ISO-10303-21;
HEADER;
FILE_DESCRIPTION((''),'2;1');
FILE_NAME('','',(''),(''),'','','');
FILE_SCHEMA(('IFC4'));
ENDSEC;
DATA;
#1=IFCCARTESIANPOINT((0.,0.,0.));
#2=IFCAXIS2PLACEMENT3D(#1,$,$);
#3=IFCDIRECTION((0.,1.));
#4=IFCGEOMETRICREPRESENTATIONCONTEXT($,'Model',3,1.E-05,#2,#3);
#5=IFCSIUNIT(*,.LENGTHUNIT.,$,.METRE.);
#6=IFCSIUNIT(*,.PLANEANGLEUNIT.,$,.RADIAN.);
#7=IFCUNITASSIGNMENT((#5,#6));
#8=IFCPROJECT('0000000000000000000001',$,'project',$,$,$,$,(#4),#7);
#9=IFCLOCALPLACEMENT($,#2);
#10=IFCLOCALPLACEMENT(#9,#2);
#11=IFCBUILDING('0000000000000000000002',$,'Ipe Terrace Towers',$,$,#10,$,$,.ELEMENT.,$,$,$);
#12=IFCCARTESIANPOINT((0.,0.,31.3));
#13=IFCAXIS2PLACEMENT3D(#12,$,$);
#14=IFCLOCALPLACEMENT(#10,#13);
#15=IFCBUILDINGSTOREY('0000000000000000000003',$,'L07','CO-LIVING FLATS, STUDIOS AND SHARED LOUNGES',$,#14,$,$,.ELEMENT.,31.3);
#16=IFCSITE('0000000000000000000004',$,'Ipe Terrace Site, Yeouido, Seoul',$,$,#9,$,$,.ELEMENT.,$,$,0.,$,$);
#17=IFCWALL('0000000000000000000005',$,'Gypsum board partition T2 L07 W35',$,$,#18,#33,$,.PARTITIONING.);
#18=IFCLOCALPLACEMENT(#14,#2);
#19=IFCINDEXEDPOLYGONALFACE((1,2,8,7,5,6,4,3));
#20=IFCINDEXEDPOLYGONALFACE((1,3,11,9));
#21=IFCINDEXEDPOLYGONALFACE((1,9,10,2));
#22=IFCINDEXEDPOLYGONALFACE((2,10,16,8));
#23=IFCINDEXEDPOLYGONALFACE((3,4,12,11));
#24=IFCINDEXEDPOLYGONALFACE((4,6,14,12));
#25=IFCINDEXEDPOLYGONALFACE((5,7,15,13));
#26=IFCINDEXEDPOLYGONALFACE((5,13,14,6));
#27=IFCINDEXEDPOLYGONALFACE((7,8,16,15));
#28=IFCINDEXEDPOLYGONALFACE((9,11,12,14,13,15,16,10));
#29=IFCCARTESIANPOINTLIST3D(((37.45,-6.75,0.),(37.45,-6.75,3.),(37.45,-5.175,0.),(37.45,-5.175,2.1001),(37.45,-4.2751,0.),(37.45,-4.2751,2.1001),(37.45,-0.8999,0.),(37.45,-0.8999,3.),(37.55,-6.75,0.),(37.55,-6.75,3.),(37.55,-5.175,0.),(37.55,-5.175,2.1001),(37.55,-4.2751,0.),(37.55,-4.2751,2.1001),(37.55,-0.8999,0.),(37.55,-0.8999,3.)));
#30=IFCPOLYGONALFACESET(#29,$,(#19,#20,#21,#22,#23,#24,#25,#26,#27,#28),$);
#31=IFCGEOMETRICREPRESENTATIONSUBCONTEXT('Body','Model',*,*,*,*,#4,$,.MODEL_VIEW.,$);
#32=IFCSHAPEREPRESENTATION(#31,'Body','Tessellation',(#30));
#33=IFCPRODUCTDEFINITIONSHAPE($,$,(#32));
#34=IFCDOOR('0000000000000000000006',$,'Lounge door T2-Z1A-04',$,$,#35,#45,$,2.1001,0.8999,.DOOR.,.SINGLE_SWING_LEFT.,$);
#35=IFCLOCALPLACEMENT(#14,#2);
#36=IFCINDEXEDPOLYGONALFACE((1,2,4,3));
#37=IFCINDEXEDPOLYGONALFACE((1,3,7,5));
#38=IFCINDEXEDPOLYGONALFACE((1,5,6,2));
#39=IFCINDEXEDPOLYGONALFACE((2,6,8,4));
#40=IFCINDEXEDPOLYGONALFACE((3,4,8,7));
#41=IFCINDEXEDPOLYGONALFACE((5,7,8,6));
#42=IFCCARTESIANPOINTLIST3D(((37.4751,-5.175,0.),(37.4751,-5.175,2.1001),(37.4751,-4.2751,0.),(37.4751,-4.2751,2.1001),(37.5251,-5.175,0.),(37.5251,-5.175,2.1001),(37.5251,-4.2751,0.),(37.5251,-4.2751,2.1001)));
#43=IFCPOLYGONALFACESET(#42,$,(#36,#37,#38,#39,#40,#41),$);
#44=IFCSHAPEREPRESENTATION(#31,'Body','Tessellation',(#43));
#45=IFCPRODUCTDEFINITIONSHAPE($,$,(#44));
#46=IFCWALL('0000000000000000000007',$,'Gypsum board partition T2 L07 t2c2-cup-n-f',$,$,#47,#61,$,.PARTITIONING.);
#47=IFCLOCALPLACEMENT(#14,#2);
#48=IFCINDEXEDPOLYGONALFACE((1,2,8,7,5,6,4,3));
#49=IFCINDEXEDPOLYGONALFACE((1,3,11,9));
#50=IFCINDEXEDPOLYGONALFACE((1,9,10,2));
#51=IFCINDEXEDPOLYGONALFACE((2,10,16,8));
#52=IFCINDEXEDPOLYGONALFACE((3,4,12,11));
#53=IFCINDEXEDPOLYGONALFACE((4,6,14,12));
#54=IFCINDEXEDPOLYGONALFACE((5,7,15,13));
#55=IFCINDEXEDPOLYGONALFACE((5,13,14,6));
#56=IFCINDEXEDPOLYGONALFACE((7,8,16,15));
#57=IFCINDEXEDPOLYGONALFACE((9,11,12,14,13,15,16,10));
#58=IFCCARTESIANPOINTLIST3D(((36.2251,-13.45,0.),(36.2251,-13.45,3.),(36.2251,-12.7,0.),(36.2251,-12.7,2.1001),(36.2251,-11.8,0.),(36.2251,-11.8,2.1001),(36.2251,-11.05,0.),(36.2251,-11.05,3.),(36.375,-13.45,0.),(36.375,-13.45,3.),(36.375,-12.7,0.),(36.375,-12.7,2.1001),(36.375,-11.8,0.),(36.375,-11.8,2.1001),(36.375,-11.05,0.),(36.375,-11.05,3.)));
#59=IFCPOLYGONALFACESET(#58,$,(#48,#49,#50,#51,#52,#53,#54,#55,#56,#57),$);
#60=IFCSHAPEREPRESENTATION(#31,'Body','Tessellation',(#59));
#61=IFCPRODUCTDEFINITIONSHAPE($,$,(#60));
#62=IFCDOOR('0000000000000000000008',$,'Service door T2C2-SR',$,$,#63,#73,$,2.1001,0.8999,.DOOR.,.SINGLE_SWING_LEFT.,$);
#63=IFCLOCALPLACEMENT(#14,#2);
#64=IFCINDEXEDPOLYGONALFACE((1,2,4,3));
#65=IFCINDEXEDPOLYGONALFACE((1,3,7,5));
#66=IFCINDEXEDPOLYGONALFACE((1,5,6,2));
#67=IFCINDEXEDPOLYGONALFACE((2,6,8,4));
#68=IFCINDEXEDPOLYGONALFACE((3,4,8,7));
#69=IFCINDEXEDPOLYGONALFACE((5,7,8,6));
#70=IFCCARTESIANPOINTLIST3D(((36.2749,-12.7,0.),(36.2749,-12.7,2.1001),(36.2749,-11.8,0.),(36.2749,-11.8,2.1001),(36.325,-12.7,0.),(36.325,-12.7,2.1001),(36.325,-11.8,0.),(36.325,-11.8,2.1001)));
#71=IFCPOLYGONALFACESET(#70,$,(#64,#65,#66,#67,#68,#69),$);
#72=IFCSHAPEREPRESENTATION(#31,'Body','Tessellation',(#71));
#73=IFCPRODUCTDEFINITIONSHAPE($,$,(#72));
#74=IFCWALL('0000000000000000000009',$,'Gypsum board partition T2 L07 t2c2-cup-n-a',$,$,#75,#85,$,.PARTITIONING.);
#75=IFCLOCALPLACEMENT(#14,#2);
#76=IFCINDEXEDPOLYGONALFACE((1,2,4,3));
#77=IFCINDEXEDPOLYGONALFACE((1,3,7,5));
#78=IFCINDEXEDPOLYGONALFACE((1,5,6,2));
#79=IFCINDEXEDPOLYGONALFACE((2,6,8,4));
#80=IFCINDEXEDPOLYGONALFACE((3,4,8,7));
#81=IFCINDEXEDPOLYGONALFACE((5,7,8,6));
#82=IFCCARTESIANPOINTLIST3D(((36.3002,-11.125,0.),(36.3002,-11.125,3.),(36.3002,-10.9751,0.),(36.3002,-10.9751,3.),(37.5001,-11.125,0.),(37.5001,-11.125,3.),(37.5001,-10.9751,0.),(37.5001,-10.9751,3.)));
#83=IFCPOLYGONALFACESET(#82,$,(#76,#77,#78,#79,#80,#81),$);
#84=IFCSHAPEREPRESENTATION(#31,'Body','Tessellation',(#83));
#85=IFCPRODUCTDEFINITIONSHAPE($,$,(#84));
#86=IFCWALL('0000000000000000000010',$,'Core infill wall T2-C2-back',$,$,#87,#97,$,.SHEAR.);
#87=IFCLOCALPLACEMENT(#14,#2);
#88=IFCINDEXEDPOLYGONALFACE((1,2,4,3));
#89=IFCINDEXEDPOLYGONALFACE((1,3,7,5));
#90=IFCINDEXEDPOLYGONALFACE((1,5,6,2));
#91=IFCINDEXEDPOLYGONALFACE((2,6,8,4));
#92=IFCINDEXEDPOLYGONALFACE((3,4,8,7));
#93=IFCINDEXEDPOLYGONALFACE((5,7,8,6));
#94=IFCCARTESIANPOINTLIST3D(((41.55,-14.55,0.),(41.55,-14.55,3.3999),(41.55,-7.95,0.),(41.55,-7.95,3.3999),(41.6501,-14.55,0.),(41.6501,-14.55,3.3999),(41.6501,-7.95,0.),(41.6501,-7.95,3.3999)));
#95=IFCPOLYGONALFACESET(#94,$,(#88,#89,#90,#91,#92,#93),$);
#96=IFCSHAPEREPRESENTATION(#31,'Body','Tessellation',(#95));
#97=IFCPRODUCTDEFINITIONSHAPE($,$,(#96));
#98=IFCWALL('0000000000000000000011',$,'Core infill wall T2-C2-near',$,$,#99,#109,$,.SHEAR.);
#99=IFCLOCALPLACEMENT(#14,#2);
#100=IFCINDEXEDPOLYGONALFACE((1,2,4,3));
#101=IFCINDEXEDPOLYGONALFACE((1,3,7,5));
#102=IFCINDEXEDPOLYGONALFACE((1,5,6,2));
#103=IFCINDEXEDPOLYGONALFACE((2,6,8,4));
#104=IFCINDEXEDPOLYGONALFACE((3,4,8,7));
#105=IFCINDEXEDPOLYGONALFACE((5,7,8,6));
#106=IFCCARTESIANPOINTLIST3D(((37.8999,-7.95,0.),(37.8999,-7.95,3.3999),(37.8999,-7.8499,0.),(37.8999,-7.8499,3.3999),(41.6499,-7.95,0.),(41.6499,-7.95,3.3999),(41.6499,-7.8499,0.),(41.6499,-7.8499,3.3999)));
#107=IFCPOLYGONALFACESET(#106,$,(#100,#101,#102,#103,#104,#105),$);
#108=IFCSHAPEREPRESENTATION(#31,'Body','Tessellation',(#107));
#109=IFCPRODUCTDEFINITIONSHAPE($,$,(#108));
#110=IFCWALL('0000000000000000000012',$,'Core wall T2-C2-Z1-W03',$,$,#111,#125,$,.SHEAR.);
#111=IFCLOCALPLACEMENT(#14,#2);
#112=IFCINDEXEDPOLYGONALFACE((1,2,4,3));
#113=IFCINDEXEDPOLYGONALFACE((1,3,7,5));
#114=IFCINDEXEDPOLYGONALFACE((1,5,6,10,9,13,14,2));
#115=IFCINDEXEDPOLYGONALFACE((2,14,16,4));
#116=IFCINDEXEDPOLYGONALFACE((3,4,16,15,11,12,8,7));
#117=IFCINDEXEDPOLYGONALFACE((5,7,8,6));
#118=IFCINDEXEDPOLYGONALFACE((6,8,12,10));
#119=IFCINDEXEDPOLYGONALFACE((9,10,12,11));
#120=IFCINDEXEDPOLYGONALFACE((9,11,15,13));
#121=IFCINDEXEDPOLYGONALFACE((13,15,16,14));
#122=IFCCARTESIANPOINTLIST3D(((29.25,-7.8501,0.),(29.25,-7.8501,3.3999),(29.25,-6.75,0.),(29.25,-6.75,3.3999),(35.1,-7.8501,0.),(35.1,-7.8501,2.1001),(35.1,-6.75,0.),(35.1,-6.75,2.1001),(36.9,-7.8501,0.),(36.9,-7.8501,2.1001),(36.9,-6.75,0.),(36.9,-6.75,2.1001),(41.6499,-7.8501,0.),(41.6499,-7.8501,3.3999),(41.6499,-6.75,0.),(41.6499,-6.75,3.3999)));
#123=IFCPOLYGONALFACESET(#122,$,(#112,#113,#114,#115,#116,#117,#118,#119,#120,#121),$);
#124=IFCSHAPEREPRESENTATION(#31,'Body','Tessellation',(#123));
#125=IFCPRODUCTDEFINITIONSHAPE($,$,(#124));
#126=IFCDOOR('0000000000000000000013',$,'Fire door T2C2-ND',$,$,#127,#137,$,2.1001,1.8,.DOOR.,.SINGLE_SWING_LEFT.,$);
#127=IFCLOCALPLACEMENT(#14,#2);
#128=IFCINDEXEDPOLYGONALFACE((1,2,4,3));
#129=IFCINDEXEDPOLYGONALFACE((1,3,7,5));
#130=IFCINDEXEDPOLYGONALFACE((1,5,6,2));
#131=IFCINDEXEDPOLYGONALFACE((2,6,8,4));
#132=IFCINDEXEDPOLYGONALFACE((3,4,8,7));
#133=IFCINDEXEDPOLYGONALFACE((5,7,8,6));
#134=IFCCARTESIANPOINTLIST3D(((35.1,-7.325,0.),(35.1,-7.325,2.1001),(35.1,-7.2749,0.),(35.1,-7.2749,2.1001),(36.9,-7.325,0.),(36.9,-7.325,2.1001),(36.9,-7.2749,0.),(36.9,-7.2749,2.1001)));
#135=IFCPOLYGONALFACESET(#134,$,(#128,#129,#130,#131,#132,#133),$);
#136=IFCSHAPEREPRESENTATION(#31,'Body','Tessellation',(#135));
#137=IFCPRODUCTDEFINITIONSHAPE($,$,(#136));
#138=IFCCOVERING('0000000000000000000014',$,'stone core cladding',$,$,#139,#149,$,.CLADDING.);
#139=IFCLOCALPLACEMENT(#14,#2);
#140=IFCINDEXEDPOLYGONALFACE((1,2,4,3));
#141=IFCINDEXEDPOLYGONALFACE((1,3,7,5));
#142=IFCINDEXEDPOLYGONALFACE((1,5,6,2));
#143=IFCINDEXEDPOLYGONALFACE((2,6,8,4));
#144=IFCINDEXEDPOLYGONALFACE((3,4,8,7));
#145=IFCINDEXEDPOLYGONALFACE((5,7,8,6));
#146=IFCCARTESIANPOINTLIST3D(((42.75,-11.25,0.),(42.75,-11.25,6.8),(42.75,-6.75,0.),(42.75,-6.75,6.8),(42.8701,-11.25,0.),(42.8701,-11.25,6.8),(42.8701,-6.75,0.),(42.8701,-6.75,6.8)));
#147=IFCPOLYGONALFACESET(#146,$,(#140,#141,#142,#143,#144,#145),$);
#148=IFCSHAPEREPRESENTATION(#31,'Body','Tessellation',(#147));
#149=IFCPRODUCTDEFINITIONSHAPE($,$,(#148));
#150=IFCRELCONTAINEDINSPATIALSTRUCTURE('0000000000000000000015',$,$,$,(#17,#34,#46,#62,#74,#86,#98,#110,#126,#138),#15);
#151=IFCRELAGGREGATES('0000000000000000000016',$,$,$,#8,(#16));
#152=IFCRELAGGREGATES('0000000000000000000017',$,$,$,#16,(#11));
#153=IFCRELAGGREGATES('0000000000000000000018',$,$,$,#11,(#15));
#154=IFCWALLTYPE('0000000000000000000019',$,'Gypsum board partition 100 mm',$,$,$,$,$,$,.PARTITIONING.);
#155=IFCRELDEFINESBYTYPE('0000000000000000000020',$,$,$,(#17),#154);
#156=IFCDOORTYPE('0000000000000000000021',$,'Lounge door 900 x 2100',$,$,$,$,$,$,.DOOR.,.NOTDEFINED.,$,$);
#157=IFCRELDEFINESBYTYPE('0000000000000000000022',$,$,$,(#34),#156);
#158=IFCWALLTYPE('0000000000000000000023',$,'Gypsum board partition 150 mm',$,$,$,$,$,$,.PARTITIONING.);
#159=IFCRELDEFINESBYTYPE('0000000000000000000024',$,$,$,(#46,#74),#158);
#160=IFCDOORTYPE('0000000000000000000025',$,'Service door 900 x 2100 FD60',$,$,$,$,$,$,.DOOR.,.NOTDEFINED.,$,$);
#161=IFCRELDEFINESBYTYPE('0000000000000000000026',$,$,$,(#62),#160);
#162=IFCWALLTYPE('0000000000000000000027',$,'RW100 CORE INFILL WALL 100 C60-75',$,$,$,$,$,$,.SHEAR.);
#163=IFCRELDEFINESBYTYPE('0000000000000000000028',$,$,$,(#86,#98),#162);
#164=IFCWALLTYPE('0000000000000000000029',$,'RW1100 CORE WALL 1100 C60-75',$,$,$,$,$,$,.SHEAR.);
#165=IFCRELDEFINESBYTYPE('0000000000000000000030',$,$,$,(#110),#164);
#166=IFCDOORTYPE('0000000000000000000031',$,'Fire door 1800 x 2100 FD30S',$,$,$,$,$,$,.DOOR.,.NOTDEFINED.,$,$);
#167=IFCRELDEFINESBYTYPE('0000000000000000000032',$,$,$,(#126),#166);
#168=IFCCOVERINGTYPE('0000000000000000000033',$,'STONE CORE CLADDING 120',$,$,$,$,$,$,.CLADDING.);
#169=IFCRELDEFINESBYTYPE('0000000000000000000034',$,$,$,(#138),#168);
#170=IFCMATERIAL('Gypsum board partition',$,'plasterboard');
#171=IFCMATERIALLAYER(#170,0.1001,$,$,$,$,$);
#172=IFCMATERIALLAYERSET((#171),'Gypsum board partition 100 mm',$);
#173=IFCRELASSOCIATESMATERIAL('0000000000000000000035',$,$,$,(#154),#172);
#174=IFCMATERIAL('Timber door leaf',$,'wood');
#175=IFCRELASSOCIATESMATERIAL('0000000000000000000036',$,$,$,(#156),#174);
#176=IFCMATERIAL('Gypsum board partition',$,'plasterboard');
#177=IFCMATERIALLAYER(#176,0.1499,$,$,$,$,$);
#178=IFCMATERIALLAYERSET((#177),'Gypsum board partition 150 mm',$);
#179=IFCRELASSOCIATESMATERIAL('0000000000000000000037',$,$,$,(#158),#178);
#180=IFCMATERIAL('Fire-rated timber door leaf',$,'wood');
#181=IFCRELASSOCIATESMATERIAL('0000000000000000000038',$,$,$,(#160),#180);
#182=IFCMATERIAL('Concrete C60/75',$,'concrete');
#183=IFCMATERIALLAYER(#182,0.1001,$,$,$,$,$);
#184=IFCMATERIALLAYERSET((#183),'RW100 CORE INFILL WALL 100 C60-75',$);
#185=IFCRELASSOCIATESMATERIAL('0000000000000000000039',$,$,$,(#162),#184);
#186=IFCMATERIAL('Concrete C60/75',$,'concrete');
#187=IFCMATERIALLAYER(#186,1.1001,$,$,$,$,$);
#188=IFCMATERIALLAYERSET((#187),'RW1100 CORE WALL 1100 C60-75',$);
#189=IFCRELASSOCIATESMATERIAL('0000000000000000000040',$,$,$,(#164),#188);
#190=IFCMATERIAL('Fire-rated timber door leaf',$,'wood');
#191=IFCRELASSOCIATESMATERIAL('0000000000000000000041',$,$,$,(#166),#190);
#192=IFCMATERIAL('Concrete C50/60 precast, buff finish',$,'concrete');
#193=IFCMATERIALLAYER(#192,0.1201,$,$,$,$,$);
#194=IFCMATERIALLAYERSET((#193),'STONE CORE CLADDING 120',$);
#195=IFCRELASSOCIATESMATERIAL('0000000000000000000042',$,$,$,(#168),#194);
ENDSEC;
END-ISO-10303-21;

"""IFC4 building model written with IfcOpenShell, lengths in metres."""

from ifc_helpers import new_model, si_unit, direction, frame, frame_2d, origin, origin_2d, place, context, subcontext, project, spatial, rectangle, extrude, material, layer, layer_set, type_object, element, fill, save


model = new_model("IFC4")

# Units and contexts
model_context = context("Model", 3, precision=1e-05, world=origin(), true_north=direction((0.0, 1.0)))
body_context = subcontext(model_context, "Body", "Model", "MODEL_VIEW")
ifc_project = project(units=[si_unit("LENGTHUNIT", "METRE"), si_unit("PLANEANGLEUNIT", "RADIAN")], contexts=[model_context])

# Site, building, storey
site_placement = place(None, origin())
site = spatial("IfcSite", under=ifc_project, at=site_placement, Name="Ipe Terrace Site, Yeouido, Seoul", CompositionType="ELEMENT", RefElevation=0.0)
building_placement = place(site_placement, origin())
building = spatial("IfcBuilding", under=site, at=building_placement, Name="Ipe Terrace Towers", CompositionType="ELEMENT")
storey_placement = place(building_placement, frame((0.0, 0.0, 31.3)))
storey = spatial("IfcBuildingStorey", under=building, at=storey_placement, Name="L07", Description="CO-LIVING FLATS, STUDIOS AND SHARED LOUNGES", CompositionType="ELEMENT", Elevation=31.3)

# Shared definitions
ifc_material_1 = material(Name="Gypsum board partition", Category="plasterboard")
ifc_layer_1 = layer(ifc_material_1, 0.1001)
ifc_layer_set_1 = layer_set([ifc_layer_1], Name="Gypsum board partition 100 mm")
wall_type_1 = type_object("IfcWallType", Name="Gypsum board partition 100 mm", PredefinedType="PARTITIONING", material=ifc_layer_set_1)

# Walls, openings, doors
wall_1_placement = place(storey_placement, frame((37.5, -6.75, 0.0), z_axis=(0.0, 0.0, 1.0), x_axis=(0.0, 1.0, 0.0)))
wall_1 = element("IfcWall", 1, at=wall_1_placement, inside=storey, type_object=wall_type_1, Name="Gypsum board partition T2 L07 W35", PredefinedType="PARTITIONING", context=body_context, shape_type="SweptSolid", body=[
    extrude(rectangle(XDim=5.8501, YDim=0.1001, at=frame_2d((2.925, 0.0))), origin(), (0.0, 0.0, 1.0), 3.0),
])
opening_1_placement = place(wall_1_placement, frame((1.575, 0.0, 0.0)))
opening_1 = element("IfcOpeningElement", 2, at=opening_1_placement, cuts=wall_1, PredefinedType="OPENING", context=body_context, shape_type="SweptSolid", body=[
    extrude(rectangle(XDim=0.8999, YDim=2.1001, at=frame_2d((0.45, 1.05))), frame((0.0, 0.0601, 0.0), z_axis=(0.0, -1.0, 0.0), x_axis=(1.0, 0.0, 0.0)), (0.0, 0.0, 1.0), 0.1201),
])
ifc_material_2 = material(Name="Timber door leaf", Category="wood")
door_type_1 = type_object("IfcDoorType", Name="Lounge door 900 x 2100", OperationType="NOTDEFINED", PredefinedType="DOOR", material=ifc_material_2)
door_1_placement = place(opening_1_placement, origin())
door_1 = element("IfcDoor", 3, at=door_1_placement, inside=storey, type_object=door_type_1, Name="Lounge door T2-Z1A-04", OperationType="SINGLE_SWING_LEFT", OverallHeight=2.1001, OverallWidth=0.8999, PredefinedType="DOOR", context=body_context, shape_type="SweptSolid", body=[
    extrude(rectangle(XDim=0.8999, YDim=2.1001, at=frame_2d((0.45, 1.05))), frame((0.0, 0.0249, 0.0), z_axis=(0.0, -1.0, 0.0), x_axis=(1.0, 0.0, 0.0)), (0.0, 0.0, 1.0), 0.05),
])
fill(opening_1, door_1)
ifc_material_3 = material(Name="Gypsum board partition", Category="plasterboard")
ifc_layer_2 = layer(ifc_material_3, 0.1499)
ifc_layer_set_2 = layer_set([ifc_layer_2], Name="Gypsum board partition 150 mm")
wall_type_2 = type_object("IfcWallType", Name="Gypsum board partition 150 mm", PredefinedType="PARTITIONING", material=ifc_layer_set_2)
wall_2_placement = place(storey_placement, frame((36.3, -11.05, 0.0), z_axis=(0.0, 0.0, 1.0), x_axis=(0.0, -1.0, 0.0)))
wall_2 = element("IfcWall", 4, at=wall_2_placement, inside=storey, type_object=wall_type_2, Name="Gypsum board partition T2 L07 t2c2-cup-n-f", PredefinedType="PARTITIONING", context=body_context, shape_type="SweptSolid", body=[
    extrude(rectangle(XDim=2.3999, YDim=0.1499, at=frame_2d((1.2, 0.0))), origin(), (0.0, 0.0, 1.0), 3.0),
])
opening_2_placement = place(wall_2_placement, frame((0.75, 0.0, 0.0)))
opening_2 = element("IfcOpeningElement", 5, at=opening_2_placement, cuts=wall_2, PredefinedType="OPENING", context=body_context, shape_type="SweptSolid", body=[
    extrude(rectangle(XDim=0.8999, YDim=2.1001, at=frame_2d((0.45, 1.05))), frame((0.0, 0.085, 0.0), z_axis=(0.0, -1.0, 0.0), x_axis=(1.0, 0.0, 0.0)), (0.0, 0.0, 1.0), 0.1699),
])
ifc_material_4 = material(Name="Fire-rated timber door leaf", Category="wood")
door_type_2 = type_object("IfcDoorType", Name="Service door 900 x 2100 FD60", OperationType="NOTDEFINED", PredefinedType="DOOR", material=ifc_material_4)
door_2_placement = place(opening_2_placement, origin())
door_2 = element("IfcDoor", 6, at=door_2_placement, inside=storey, type_object=door_type_2, Name="Service door T2C2-SR", OperationType="SINGLE_SWING_LEFT", OverallHeight=2.1001, OverallWidth=0.8999, PredefinedType="DOOR", context=body_context, shape_type="SweptSolid", body=[
    extrude(rectangle(XDim=0.8999, YDim=2.1001, at=frame_2d((0.45, 1.05))), frame((0.0, 0.0249, 0.0), z_axis=(0.0, -1.0, 0.0), x_axis=(1.0, 0.0, 0.0)), (0.0, 0.0, 1.0), 0.05),
])
fill(opening_2, door_2)

# Walls
wall_3_placement = place(storey_placement, frame((36.3, -11.05, 0.0), z_axis=(0.0, 0.0, 1.0), x_axis=(1.0, 0.0, 0.0)))
element("IfcWall", 7, at=wall_3_placement, inside=storey, type_object=wall_type_2, Name="Gypsum board partition T2 L07 t2c2-cup-n-a", PredefinedType="PARTITIONING", context=body_context, shape_type="SweptSolid", body=[
    extrude(rectangle(XDim=1.2, YDim=0.1499, at=frame_2d((0.6001, 0.0))), origin(), (0.0, 0.0, 1.0), 3.0),
])
ifc_material_5 = material(Name="Concrete C60/75", Category="concrete")
ifc_layer_3 = layer(ifc_material_5, 0.1001)
ifc_layer_set_3 = layer_set([ifc_layer_3], Name="RW100 CORE INFILL WALL 100 C60-75")
wall_type_3 = type_object("IfcWallType", Name="RW100 CORE INFILL WALL 100 C60-75", PredefinedType="SHEAR", material=ifc_layer_set_3)
wall_4_placement = place(storey_placement, frame((41.6001, -7.95, 0.0), z_axis=(0.0, 0.0, 1.0), x_axis=(0.0, -1.0, 0.0)))
element("IfcWall", 8, at=wall_4_placement, inside=storey, type_object=wall_type_3, Name="Core infill wall T2-C2-back", PredefinedType="SHEAR", context=body_context, shape_type="SweptSolid", body=[
    extrude(rectangle(XDim=6.6001, YDim=0.1001, at=frame_2d((3.3, 0.0))), origin(), (0.0, 0.0, 1.0), 3.3999),
])
wall_5_placement = place(storey_placement, frame((37.8999, -7.8999, 0.0), z_axis=(0.0, 0.0, 1.0), x_axis=(1.0, 0.0, 0.0)))
element("IfcWall", 9, at=wall_5_placement, inside=storey, type_object=wall_type_3, Name="Core infill wall T2-C2-near", PredefinedType="SHEAR", context=body_context, shape_type="SweptSolid", body=[
    extrude(rectangle(XDim=3.75, YDim=0.1001, at=frame_2d((1.875, 0.0))), origin(), (0.0, 0.0, 1.0), 3.3999),
])

# Wall, opening, door
ifc_material_6 = material(Name="Concrete C60/75", Category="concrete")
ifc_layer_4 = layer(ifc_material_6, 1.1001)
ifc_layer_set_4 = layer_set([ifc_layer_4], Name="RW1100 CORE WALL 1100 C60-75")
wall_type_4 = type_object("IfcWallType", Name="RW1100 CORE WALL 1100 C60-75", PredefinedType="SHEAR", material=ifc_layer_set_4)
wall_6_placement = place(storey_placement, frame((41.6499, -7.3, 0.0), z_axis=(0.0, 0.0, 1.0), x_axis=(-1.0, 0.0, 0.0)))
wall_6 = element("IfcWall", 10, at=wall_6_placement, inside=storey, type_object=wall_type_4, Name="Core wall T2-C2-Z1-W03", PredefinedType="SHEAR", context=body_context, shape_type="SweptSolid", body=[
    extrude(rectangle(XDim=12.3999, YDim=1.1001, at=frame_2d((6.2, 0.0))), origin(), (0.0, 0.0, 1.0), 3.3999),
])
opening_3_placement = place(wall_6_placement, frame((4.75, 0.0, 0.0)))
opening_3 = element("IfcOpeningElement", 11, at=opening_3_placement, cuts=wall_6, PredefinedType="OPENING", context=body_context, shape_type="SweptSolid", body=[
    extrude(rectangle(XDim=1.8, YDim=2.1001, at=frame_2d((0.8999, 1.05))), frame((0.0, 0.5601, 0.0), z_axis=(0.0, -1.0, 0.0), x_axis=(1.0, 0.0, 0.0)), (0.0, 0.0, 1.0), 1.1201),
])
ifc_material_7 = material(Name="Fire-rated timber door leaf", Category="wood")
door_type_3 = type_object("IfcDoorType", Name="Fire door 1800 x 2100 FD30S", OperationType="NOTDEFINED", PredefinedType="DOOR", material=ifc_material_7)
door_3_placement = place(opening_3_placement, origin())
door_3 = element("IfcDoor", 12, at=door_3_placement, inside=storey, type_object=door_type_3, Name="Fire door T2C2-ND", OperationType="SINGLE_SWING_LEFT", OverallHeight=2.1001, OverallWidth=1.8, PredefinedType="DOOR", context=body_context, shape_type="SweptSolid", body=[
    extrude(rectangle(XDim=1.8, YDim=2.1001, at=frame_2d((0.8999, 1.05))), frame((0.0, 0.0249, 0.0), z_axis=(0.0, -1.0, 0.0), x_axis=(1.0, 0.0, 0.0)), (0.0, 0.0, 1.0), 0.05),
])
fill(opening_3, door_3)

# Covering
ifc_material_8 = material(Name="Concrete C50/60 precast, buff finish", Category="concrete")
ifc_layer_5 = layer(ifc_material_8, 0.1201)
ifc_layer_set_5 = layer_set([ifc_layer_5], Name="STONE CORE CLADDING 120")
covering_type = type_object("IfcCoveringType", Name="STONE CORE CLADDING 120", PredefinedType="CLADDING", material=ifc_layer_set_5)
covering_placement = place(storey_placement, frame((42.8101, -9.0, 0.0), z_axis=(0.0, 0.0, 1.0), x_axis=(0.0, 1.0, 0.0)))
element("IfcCovering", 13, at=covering_placement, inside=storey, type_object=covering_type, Name="stone core cladding", PredefinedType="CLADDING", context=body_context, shape_type="SweptSolid", body=[
    extrude(rectangle(XDim=4.5, YDim=0.1201, at=origin_2d()), origin(), (0.0, 0.0, 1.0), 6.8),
])

save(model, "model.ifc")
